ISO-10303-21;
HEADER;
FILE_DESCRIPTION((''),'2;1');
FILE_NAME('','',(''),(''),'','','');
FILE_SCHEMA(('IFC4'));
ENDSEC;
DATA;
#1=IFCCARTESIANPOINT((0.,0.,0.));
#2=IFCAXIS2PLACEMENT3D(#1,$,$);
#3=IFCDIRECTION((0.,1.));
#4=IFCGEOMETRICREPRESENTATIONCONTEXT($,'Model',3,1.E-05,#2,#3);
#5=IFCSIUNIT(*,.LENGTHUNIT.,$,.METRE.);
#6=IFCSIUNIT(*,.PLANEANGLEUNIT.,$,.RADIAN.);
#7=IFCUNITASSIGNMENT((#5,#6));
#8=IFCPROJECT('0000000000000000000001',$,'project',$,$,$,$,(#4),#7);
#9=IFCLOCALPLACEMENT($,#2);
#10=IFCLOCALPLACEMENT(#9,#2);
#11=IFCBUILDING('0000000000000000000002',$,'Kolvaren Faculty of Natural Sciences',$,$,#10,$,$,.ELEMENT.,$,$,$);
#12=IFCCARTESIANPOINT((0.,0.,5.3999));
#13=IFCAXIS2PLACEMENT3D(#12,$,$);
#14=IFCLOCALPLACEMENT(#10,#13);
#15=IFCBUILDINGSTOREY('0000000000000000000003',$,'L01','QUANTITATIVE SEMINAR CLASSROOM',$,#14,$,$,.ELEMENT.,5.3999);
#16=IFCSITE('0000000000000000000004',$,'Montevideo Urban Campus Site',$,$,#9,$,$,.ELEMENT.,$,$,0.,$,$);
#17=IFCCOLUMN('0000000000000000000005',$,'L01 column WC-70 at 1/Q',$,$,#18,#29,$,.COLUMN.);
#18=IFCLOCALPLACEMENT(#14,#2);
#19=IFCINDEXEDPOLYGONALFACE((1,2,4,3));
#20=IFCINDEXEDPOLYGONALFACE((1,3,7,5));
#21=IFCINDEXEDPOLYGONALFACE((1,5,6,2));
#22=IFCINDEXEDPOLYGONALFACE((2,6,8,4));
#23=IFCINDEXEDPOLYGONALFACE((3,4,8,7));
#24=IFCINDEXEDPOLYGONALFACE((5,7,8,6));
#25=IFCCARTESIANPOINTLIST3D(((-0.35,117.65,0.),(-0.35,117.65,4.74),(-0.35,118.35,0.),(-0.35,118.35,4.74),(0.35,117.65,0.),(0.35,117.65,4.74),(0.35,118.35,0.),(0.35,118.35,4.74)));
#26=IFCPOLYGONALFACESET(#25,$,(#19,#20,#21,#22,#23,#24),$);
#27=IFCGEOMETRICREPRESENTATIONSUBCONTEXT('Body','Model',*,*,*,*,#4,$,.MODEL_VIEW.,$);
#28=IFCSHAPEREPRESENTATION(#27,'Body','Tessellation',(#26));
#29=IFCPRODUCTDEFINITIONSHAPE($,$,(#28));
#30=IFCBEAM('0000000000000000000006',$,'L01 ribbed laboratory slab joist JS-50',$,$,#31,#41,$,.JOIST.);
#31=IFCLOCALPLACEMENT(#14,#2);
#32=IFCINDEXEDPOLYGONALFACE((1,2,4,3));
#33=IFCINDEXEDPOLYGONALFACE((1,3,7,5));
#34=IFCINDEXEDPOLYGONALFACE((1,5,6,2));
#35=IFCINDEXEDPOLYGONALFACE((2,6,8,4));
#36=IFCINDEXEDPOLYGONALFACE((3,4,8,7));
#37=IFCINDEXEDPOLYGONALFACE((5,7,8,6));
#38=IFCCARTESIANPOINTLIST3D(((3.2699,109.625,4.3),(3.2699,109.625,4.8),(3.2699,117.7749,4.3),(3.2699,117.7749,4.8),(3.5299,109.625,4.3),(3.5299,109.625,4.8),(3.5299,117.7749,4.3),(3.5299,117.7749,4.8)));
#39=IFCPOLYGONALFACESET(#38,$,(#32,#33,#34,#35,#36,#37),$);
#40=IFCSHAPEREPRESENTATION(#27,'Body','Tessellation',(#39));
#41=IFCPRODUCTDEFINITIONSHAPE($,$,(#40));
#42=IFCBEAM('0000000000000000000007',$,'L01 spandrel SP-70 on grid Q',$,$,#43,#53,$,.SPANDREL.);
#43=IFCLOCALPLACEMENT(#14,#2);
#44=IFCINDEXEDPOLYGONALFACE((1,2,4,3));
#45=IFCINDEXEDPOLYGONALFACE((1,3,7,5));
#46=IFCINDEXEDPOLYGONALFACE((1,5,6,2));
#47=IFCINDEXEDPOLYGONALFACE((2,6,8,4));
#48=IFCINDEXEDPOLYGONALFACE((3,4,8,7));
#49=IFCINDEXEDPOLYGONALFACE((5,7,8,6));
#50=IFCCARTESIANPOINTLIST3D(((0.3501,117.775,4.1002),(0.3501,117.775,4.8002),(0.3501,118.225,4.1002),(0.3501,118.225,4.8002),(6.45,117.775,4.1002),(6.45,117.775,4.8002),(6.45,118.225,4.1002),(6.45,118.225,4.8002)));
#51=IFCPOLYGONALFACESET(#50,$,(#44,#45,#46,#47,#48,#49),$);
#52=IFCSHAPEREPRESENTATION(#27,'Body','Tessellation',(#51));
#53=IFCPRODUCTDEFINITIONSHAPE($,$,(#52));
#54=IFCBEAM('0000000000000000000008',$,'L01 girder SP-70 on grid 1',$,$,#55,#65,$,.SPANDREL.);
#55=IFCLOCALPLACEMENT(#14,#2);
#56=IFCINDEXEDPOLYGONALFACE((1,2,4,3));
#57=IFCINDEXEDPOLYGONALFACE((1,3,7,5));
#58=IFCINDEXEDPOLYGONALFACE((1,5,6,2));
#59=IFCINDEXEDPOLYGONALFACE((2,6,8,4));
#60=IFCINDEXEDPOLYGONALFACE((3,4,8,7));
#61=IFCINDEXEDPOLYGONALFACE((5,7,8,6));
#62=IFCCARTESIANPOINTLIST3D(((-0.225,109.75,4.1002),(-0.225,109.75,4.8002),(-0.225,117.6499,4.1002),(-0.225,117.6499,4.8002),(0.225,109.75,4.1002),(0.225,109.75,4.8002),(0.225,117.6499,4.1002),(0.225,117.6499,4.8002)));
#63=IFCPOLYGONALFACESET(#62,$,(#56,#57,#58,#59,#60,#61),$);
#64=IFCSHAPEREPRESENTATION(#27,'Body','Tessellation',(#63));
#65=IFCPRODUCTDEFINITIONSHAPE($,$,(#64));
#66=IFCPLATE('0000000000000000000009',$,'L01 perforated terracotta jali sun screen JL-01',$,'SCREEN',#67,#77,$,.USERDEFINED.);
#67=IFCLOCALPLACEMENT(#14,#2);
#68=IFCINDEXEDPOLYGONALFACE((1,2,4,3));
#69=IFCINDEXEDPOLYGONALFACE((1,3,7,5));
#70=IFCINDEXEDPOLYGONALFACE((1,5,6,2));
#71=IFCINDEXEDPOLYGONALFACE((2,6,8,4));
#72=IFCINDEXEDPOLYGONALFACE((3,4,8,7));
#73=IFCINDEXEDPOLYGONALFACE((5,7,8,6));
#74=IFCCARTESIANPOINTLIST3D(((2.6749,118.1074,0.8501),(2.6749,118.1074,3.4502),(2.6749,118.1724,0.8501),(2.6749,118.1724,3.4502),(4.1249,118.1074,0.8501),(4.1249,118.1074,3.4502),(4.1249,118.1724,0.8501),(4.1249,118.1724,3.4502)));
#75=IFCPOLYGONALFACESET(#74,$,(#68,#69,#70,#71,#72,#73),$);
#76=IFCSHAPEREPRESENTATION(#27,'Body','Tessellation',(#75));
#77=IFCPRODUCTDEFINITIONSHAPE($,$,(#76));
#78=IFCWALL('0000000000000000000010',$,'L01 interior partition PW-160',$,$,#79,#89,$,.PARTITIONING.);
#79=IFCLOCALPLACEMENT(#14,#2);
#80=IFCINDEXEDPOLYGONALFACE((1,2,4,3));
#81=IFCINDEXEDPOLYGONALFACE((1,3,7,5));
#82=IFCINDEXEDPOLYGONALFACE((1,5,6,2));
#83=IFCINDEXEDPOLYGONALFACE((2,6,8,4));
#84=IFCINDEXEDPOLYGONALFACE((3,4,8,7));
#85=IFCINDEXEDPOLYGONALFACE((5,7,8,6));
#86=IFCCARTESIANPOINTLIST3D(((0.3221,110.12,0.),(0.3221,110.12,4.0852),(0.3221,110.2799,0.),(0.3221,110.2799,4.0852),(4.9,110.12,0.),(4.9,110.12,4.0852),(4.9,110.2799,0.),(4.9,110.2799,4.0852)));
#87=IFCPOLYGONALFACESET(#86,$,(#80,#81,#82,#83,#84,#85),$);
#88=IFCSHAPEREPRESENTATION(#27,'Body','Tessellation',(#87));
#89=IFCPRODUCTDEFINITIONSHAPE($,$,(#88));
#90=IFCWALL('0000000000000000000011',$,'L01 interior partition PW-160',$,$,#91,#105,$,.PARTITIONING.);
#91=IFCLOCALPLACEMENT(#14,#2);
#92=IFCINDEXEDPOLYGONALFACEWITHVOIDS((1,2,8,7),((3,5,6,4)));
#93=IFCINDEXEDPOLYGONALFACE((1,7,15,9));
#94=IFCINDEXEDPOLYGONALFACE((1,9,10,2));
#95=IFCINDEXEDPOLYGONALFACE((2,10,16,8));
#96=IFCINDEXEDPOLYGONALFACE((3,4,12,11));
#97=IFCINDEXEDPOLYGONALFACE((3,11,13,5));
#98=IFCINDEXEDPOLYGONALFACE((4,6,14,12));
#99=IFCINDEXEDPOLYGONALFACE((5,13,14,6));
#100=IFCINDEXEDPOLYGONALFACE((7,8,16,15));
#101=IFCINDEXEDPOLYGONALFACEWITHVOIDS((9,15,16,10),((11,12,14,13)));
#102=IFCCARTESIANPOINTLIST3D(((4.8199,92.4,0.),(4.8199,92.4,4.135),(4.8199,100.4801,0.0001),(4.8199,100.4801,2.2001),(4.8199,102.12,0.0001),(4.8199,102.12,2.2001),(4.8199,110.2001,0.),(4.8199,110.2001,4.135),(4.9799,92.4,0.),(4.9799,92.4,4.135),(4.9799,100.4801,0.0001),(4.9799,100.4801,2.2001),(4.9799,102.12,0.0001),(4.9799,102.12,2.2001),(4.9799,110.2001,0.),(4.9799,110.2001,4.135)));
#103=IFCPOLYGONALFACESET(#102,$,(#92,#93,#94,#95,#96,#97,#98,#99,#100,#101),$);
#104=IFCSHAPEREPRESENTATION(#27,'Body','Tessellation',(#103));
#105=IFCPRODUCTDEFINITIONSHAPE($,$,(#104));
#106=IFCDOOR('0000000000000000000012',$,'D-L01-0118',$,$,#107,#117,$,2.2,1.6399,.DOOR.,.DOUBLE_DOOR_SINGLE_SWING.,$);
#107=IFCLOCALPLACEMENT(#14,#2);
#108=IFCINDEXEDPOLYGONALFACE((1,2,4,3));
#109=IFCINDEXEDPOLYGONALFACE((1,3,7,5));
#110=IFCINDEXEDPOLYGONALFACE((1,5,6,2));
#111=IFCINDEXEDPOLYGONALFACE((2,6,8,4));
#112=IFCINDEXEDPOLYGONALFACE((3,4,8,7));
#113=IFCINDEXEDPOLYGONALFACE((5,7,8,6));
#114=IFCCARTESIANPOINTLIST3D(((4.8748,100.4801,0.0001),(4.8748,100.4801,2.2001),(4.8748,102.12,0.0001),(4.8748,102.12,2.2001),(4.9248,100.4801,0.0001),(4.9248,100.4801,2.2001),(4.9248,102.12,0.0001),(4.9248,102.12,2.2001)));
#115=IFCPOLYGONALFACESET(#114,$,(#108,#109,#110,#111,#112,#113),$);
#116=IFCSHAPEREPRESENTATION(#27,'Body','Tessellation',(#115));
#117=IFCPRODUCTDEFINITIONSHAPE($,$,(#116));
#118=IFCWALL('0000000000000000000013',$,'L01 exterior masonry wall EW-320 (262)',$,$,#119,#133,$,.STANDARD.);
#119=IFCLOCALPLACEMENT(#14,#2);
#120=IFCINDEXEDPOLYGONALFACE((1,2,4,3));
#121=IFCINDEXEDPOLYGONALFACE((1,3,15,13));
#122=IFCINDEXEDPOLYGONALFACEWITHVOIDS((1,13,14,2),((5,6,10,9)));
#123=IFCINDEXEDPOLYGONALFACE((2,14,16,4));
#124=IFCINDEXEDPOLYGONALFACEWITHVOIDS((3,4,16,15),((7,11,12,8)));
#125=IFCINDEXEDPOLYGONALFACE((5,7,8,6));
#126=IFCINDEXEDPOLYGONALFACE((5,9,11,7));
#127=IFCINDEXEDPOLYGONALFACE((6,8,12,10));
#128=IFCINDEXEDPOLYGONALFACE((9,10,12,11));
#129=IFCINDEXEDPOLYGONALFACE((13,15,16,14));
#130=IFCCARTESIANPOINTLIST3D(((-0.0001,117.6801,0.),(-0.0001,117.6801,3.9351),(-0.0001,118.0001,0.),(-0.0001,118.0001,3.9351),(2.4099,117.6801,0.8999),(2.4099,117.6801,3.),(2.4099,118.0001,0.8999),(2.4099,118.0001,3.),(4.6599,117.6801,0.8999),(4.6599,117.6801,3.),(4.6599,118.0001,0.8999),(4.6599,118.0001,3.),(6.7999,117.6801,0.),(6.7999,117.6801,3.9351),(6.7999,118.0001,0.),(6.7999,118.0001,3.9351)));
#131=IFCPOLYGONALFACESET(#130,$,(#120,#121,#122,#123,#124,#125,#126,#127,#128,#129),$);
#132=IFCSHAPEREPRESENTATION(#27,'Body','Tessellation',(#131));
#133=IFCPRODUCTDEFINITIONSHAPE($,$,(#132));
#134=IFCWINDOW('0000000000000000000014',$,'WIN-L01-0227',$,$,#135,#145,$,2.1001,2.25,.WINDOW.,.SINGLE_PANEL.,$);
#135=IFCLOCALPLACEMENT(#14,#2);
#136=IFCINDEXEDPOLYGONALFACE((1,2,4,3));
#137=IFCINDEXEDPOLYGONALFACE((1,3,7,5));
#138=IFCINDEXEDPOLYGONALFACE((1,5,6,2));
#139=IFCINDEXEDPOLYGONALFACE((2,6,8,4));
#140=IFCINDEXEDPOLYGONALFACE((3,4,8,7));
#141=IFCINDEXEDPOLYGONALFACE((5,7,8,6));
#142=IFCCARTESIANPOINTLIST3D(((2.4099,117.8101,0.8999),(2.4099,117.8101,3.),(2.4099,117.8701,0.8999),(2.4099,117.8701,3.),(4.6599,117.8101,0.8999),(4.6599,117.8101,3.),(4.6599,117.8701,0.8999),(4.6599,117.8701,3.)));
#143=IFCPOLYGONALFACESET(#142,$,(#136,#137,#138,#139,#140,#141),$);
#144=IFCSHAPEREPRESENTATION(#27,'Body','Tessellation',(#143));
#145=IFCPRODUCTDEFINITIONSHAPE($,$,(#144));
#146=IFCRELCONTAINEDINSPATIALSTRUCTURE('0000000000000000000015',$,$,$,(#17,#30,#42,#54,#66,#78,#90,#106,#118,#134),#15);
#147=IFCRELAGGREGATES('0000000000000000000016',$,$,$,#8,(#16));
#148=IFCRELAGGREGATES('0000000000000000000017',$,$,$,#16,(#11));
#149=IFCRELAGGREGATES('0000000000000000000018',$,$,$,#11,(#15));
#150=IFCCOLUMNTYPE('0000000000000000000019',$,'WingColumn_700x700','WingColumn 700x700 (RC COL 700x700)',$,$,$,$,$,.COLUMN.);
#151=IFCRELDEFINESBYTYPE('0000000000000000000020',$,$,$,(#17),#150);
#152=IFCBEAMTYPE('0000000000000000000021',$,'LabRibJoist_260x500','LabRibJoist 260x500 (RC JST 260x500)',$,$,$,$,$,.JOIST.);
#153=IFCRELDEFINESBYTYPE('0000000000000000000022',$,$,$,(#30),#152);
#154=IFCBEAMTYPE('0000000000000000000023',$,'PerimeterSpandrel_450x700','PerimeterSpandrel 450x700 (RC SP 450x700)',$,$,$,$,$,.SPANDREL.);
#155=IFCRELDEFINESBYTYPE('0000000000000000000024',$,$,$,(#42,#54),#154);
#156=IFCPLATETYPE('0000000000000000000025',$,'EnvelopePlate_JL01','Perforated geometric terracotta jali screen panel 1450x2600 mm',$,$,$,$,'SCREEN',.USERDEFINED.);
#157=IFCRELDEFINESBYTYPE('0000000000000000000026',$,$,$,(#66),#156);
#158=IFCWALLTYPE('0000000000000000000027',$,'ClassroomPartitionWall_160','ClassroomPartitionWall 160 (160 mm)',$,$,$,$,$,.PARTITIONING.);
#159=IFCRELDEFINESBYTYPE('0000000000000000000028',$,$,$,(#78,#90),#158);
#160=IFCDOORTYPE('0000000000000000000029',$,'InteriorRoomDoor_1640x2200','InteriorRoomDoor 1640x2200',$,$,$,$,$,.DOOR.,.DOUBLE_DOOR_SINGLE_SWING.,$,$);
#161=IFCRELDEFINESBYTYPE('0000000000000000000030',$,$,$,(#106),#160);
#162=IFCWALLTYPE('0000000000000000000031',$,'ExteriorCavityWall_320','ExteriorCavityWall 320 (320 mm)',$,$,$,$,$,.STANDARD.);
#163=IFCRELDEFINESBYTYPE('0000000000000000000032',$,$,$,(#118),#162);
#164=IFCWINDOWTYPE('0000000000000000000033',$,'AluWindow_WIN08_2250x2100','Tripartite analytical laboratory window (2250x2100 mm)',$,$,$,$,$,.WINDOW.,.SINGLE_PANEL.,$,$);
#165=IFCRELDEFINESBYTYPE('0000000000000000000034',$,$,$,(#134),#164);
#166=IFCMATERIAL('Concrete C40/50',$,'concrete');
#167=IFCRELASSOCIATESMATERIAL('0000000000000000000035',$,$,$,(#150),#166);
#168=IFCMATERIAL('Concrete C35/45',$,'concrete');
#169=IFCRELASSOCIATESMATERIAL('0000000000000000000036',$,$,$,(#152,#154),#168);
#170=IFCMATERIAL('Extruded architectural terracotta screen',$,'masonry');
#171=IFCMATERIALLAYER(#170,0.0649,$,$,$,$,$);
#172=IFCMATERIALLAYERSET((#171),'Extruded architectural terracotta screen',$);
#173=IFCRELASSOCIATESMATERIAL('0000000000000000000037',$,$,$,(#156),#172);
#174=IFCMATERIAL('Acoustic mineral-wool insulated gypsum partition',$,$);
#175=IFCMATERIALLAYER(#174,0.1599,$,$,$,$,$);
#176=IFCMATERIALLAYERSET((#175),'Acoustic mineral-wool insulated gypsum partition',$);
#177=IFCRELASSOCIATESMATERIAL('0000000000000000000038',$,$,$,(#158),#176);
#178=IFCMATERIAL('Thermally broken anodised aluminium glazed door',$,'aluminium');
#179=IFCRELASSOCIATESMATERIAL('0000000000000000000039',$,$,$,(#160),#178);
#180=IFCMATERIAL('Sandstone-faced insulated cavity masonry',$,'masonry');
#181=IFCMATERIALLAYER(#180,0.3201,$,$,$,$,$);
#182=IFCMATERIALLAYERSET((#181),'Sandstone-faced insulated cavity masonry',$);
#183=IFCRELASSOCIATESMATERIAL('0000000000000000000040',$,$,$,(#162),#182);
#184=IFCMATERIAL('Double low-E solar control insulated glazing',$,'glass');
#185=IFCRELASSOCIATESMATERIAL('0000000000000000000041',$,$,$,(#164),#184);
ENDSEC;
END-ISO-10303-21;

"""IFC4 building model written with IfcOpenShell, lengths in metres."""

from ifc_helpers import new_model, si_unit, direction, frame, frame_2d, origin, origin_2d, place, context, subcontext, project, spatial, rectangle, extrude, material, layer, layer_set, material_profile, profile_set, type_object, element, fill, save


model = new_model("IFC4")

# Units and contexts
model_context = context("Model", 3, precision=1e-05, world=origin(), true_north=direction((0.0, 1.0)))
body_context = subcontext(model_context, "Body", "Model", "MODEL_VIEW")
ifc_project = project(units=[si_unit("LENGTHUNIT", "METRE"), si_unit("PLANEANGLEUNIT", "RADIAN")], contexts=[model_context])

# Site, building, storey
site_placement = place(None, origin())
site = spatial("IfcSite", under=ifc_project, at=site_placement, Name="Montevideo Urban Campus Site", CompositionType="ELEMENT", RefElevation=0.0)
building_placement = place(site_placement, origin())
building = spatial("IfcBuilding", under=site, at=building_placement, Name="Kolvaren Faculty of Natural Sciences", CompositionType="ELEMENT")
storey_placement = place(building_placement, frame((0.0, 0.0, 5.3999)))
storey = spatial("IfcBuildingStorey", under=building, at=storey_placement, Name="L01", Description="QUANTITATIVE SEMINAR CLASSROOM", CompositionType="ELEMENT", Elevation=5.3999)

# Column
ifc_material_1 = material(Name="Concrete C40/50", Category="concrete")
ifc_material_profile_1 = material_profile(ifc_material_1, rectangle(XDim=0.7, YDim=0.7, at=origin_2d()), Name="RC COL 700x700")
ifc_profile_set_1 = profile_set([ifc_material_profile_1], Name="Concrete C40/50")
column_type = type_object("IfcColumnType", Name="WingColumn_700x700", Description="WingColumn 700x700 (RC COL 700x700)", PredefinedType="COLUMN", material=ifc_profile_set_1)
column_placement = place(storey_placement, frame((0.0, 118.0, 0.0), z_axis=(0.0, 0.0, 1.0), x_axis=(1.0, 0.0, 0.0)))
element("IfcColumn", 1, at=column_placement, inside=storey, type_object=column_type, Name="L01 column WC-70 at 1/Q", PredefinedType="COLUMN", context=body_context, shape_type="SweptSolid", body=[
    extrude(rectangle(XDim=0.7, YDim=0.7, at=origin_2d()), origin(), (0.0, 0.0, 1.0), 4.74),
])

# Beams
ifc_material_2 = material(Name="Concrete C35/45", Category="concrete")
ifc_material_profile_2 = material_profile(ifc_material_2, rectangle(XDim=0.26, YDim=0.5, at=origin_2d()), Name="RC JST 260x500")
ifc_profile_set_2 = profile_set([ifc_material_profile_2], Name="Concrete C35/45")
beam_type_1 = type_object("IfcBeamType", Name="LabRibJoist_260x500", Description="LabRibJoist 260x500 (RC JST 260x500)", PredefinedType="JOIST", material=ifc_profile_set_2)
beam_1_placement = place(storey_placement, frame((3.3999, 109.625, 4.55), z_axis=(0.0, 1.0, 0.0), x_axis=(-1.0, 0.0, 0.0)))
element("IfcBeam", 2, at=beam_1_placement, inside=storey, type_object=beam_type_1, Name="L01 ribbed laboratory slab joist JS-50", PredefinedType="JOIST", context=body_context, shape_type="SweptSolid", body=[
    extrude(rectangle(XDim=0.26, YDim=0.5, at=origin_2d()), origin(), (0.0, 0.0, 1.0), 8.1499),
])
ifc_material_profile_3 = material_profile(ifc_material_2, rectangle(XDim=0.45, YDim=0.7, at=origin_2d()), Name="RC SP 450x700")
ifc_profile_set_3 = profile_set([ifc_material_profile_3], Name="Concrete C35/45")
beam_type_2 = type_object("IfcBeamType", Name="PerimeterSpandrel_450x700", Description="PerimeterSpandrel 450x700 (RC SP 450x700)", PredefinedType="SPANDREL", material=ifc_profile_set_3)
beam_2_placement = place(storey_placement, frame((0.3501, 118.0, 4.4502), z_axis=(1.0, 0.0, 0.0), x_axis=(0.0, 1.0, 0.0)))
element("IfcBeam", 3, at=beam_2_placement, inside=storey, type_object=beam_type_2, Name="L01 spandrel SP-70 on grid Q", PredefinedType="SPANDREL", context=body_context, shape_type="SweptSolid", body=[
    extrude(rectangle(XDim=0.45, YDim=0.7, at=origin_2d()), origin(), (0.0, 0.0, 1.0), 6.0999),
])
beam_3_placement = place(storey_placement, frame((0.0, 109.75, 4.4502), z_axis=(0.0, 1.0, 0.0), x_axis=(-1.0, 0.0, 0.0)))
element("IfcBeam", 4, at=beam_3_placement, inside=storey, type_object=beam_type_2, Name="L01 girder SP-70 on grid 1", PredefinedType="SPANDREL", context=body_context, shape_type="SweptSolid", body=[
    extrude(rectangle(XDim=0.45, YDim=0.7, at=origin_2d()), origin(), (0.0, 0.0, 1.0), 7.8999),
])

# Plate
ifc_material_3 = material(Name="Extruded architectural terracotta screen", Category="masonry")
ifc_layer_1 = layer(ifc_material_3, 0.0649)
ifc_layer_set_1 = layer_set([ifc_layer_1], Name="Extruded architectural terracotta screen")
plate_type = type_object("IfcPlateType", Name="EnvelopePlate_JL01", Description="Perforated geometric terracotta jali screen panel 1450x2600 mm", ElementType="SCREEN", PredefinedType="USERDEFINED", material=ifc_layer_set_1)
plate_placement = place(storey_placement, frame((3.3999, 118.1399, 0.8501), z_axis=(0.0, 0.0, 1.0), x_axis=(1.0, 0.0, 0.0)))
element("IfcPlate", 5, at=plate_placement, inside=storey, type_object=plate_type, Name="L01 perforated terracotta jali sun screen JL-01", ObjectType="SCREEN", PredefinedType="USERDEFINED", context=body_context, shape_type="SweptSolid", body=[
    extrude(rectangle(XDim=1.45, YDim=0.0649, at=origin_2d()), origin(), (0.0, 0.0, 1.0), 2.6001),
])

# Wall
ifc_material_4 = material(Name="Acoustic mineral-wool insulated gypsum partition")
ifc_layer_2 = layer(ifc_material_4, 0.1599)
ifc_layer_set_2 = layer_set([ifc_layer_2], Name="Acoustic mineral-wool insulated gypsum partition")
wall_type_1 = type_object("IfcWallType", Name="ClassroomPartitionWall_160", Description="ClassroomPartitionWall 160 (160 mm)", PredefinedType="PARTITIONING", material=ifc_layer_set_2)
wall_1_placement = place(storey_placement, frame((0.322, 110.2, 0.0), z_axis=(0.0, 0.0, 1.0), x_axis=(1.0, 0.0, 0.0)))
element("IfcWall", 6, at=wall_1_placement, inside=storey, type_object=wall_type_1, Name="L01 interior partition PW-160", PredefinedType="PARTITIONING", context=body_context, shape_type="SweptSolid", body=[
    extrude(rectangle(XDim=4.5779, YDim=0.1599, at=frame_2d((2.2891, 0.0))), origin(), (0.0, 0.0, 1.0), 4.0852),
])

# Wall, opening, door
wall_2_placement = place(storey_placement, frame((4.8999, 110.2, 0.0), z_axis=(0.0, 0.0, 1.0), x_axis=(0.0, -1.0, 0.0)))
wall_2 = element("IfcWall", 7, at=wall_2_placement, inside=storey, type_object=wall_type_1, Name="L01 interior partition PW-160", PredefinedType="PARTITIONING", context=body_context, shape_type="SweptSolid", body=[
    extrude(rectangle(XDim=17.8, YDim=0.1599, at=frame_2d((8.8999, 0.0))), origin(), (0.0, 0.0, 1.0), 4.135),
])
opening_1_placement = place(wall_2_placement, frame((8.0801, 0.0, 0.0)))
opening_1 = element("IfcOpeningElement", 8, at=opening_1_placement, cuts=wall_2, PredefinedType="OPENING", context=body_context, shape_type="SweptSolid", body=[
    extrude(rectangle(XDim=1.6399, YDim=2.2, at=frame_2d((0.8198, 1.1001))), frame((0.0, 0.0898, 0.0), z_axis=(0.0, -1.0, 0.0), x_axis=(1.0, 0.0, 0.0)), (0.0, 0.0, 1.0), 0.1799),
])
ifc_material_5 = material(Name="Thermally broken anodised aluminium glazed door", Category="aluminium")
door_type_1 = type_object("IfcDoorType", Name="InteriorRoomDoor_1640x2200", Description="InteriorRoomDoor 1640x2200", OperationType="DOUBLE_DOOR_SINGLE_SWING", PredefinedType="DOOR", material=ifc_material_5)
door_1_placement = place(opening_1_placement, origin())
door_1 = element("IfcDoor", 9, at=door_1_placement, inside=storey, type_object=door_type_1, Name="D-L01-0118", OperationType="DOUBLE_DOOR_SINGLE_SWING", OverallHeight=2.2, OverallWidth=1.6399, PredefinedType="DOOR", context=body_context, shape_type="SweptSolid", body=[
    extrude(rectangle(XDim=1.6399, YDim=2.2, at=frame_2d((0.8198, 1.1001))), frame((0.0, 0.0249, 0.0), z_axis=(0.0, -1.0, 0.0), x_axis=(1.0, 0.0, 0.0)), (0.0, 0.0, 1.0), 0.05),
])
fill(opening_1, door_1)

# Wall, opening, window
ifc_material_6 = material(Name="Sandstone-faced insulated cavity masonry", Category="masonry")
ifc_layer_3 = layer(ifc_material_6, 0.3201)
ifc_layer_set_3 = layer_set([ifc_layer_3], Name="Sandstone-faced insulated cavity masonry")
wall_type_2 = type_object("IfcWallType", Name="ExteriorCavityWall_320", Description="ExteriorCavityWall 320 (320 mm)", PredefinedType="STANDARD", material=ifc_layer_set_3)
wall_3_placement = place(storey_placement, frame((0.0, 117.8401, 0.0), z_axis=(0.0, 0.0, 1.0), x_axis=(1.0, 0.0, 0.0)))
wall_3 = element("IfcWall", 10, at=wall_3_placement, inside=storey, type_object=wall_type_2, Name="L01 exterior masonry wall EW-320 (262)", PredefinedType="STANDARD", context=body_context, shape_type="SweptSolid", body=[
    extrude(rectangle(XDim=6.8, YDim=0.3201, at=frame_2d((3.3999, 0.0))), origin(), (0.0, 0.0, 1.0), 3.9351),
])
opening_2_placement = place(wall_3_placement, frame((2.4099, 0.0, 0.8999)))
opening_2 = element("IfcOpeningElement", 11, at=opening_2_placement, cuts=wall_3, PredefinedType="OPENING", context=body_context, shape_type="SweptSolid", body=[
    extrude(rectangle(XDim=2.25, YDim=2.1001, at=frame_2d((1.125, 1.05))), frame((0.0, 0.1699, 0.0), z_axis=(0.0, -1.0, 0.0), x_axis=(1.0, 0.0, 0.0)), (0.0, 0.0, 1.0), 0.3401),
])
ifc_material_7 = material(Name="Double low-E solar control insulated glazing", Category="glass")
window_type = type_object("IfcWindowType", Name="AluWindow_WIN08_2250x2100", Description="Tripartite analytical laboratory window (2250x2100 mm)", PartitioningType="SINGLE_PANEL", PredefinedType="WINDOW", material=ifc_material_7)
window_placement = place(opening_2_placement, origin())
window = element("IfcWindow", 12, at=window_placement, inside=storey, type_object=window_type, Name="WIN-L01-0227", OverallHeight=2.1001, OverallWidth=2.25, PartitioningType="SINGLE_PANEL", PredefinedType="WINDOW", context=body_context, shape_type="SweptSolid", body=[
    extrude(rectangle(XDim=2.25, YDim=2.1001, at=frame_2d((1.125, 1.05))), frame((0.0, 0.03, 0.0), z_axis=(0.0, -1.0, 0.0), x_axis=(1.0, 0.0, 0.0)), (0.0, 0.0, 1.0), 0.0601),
])
fill(opening_2, window)

save(model, "model.ifc")
